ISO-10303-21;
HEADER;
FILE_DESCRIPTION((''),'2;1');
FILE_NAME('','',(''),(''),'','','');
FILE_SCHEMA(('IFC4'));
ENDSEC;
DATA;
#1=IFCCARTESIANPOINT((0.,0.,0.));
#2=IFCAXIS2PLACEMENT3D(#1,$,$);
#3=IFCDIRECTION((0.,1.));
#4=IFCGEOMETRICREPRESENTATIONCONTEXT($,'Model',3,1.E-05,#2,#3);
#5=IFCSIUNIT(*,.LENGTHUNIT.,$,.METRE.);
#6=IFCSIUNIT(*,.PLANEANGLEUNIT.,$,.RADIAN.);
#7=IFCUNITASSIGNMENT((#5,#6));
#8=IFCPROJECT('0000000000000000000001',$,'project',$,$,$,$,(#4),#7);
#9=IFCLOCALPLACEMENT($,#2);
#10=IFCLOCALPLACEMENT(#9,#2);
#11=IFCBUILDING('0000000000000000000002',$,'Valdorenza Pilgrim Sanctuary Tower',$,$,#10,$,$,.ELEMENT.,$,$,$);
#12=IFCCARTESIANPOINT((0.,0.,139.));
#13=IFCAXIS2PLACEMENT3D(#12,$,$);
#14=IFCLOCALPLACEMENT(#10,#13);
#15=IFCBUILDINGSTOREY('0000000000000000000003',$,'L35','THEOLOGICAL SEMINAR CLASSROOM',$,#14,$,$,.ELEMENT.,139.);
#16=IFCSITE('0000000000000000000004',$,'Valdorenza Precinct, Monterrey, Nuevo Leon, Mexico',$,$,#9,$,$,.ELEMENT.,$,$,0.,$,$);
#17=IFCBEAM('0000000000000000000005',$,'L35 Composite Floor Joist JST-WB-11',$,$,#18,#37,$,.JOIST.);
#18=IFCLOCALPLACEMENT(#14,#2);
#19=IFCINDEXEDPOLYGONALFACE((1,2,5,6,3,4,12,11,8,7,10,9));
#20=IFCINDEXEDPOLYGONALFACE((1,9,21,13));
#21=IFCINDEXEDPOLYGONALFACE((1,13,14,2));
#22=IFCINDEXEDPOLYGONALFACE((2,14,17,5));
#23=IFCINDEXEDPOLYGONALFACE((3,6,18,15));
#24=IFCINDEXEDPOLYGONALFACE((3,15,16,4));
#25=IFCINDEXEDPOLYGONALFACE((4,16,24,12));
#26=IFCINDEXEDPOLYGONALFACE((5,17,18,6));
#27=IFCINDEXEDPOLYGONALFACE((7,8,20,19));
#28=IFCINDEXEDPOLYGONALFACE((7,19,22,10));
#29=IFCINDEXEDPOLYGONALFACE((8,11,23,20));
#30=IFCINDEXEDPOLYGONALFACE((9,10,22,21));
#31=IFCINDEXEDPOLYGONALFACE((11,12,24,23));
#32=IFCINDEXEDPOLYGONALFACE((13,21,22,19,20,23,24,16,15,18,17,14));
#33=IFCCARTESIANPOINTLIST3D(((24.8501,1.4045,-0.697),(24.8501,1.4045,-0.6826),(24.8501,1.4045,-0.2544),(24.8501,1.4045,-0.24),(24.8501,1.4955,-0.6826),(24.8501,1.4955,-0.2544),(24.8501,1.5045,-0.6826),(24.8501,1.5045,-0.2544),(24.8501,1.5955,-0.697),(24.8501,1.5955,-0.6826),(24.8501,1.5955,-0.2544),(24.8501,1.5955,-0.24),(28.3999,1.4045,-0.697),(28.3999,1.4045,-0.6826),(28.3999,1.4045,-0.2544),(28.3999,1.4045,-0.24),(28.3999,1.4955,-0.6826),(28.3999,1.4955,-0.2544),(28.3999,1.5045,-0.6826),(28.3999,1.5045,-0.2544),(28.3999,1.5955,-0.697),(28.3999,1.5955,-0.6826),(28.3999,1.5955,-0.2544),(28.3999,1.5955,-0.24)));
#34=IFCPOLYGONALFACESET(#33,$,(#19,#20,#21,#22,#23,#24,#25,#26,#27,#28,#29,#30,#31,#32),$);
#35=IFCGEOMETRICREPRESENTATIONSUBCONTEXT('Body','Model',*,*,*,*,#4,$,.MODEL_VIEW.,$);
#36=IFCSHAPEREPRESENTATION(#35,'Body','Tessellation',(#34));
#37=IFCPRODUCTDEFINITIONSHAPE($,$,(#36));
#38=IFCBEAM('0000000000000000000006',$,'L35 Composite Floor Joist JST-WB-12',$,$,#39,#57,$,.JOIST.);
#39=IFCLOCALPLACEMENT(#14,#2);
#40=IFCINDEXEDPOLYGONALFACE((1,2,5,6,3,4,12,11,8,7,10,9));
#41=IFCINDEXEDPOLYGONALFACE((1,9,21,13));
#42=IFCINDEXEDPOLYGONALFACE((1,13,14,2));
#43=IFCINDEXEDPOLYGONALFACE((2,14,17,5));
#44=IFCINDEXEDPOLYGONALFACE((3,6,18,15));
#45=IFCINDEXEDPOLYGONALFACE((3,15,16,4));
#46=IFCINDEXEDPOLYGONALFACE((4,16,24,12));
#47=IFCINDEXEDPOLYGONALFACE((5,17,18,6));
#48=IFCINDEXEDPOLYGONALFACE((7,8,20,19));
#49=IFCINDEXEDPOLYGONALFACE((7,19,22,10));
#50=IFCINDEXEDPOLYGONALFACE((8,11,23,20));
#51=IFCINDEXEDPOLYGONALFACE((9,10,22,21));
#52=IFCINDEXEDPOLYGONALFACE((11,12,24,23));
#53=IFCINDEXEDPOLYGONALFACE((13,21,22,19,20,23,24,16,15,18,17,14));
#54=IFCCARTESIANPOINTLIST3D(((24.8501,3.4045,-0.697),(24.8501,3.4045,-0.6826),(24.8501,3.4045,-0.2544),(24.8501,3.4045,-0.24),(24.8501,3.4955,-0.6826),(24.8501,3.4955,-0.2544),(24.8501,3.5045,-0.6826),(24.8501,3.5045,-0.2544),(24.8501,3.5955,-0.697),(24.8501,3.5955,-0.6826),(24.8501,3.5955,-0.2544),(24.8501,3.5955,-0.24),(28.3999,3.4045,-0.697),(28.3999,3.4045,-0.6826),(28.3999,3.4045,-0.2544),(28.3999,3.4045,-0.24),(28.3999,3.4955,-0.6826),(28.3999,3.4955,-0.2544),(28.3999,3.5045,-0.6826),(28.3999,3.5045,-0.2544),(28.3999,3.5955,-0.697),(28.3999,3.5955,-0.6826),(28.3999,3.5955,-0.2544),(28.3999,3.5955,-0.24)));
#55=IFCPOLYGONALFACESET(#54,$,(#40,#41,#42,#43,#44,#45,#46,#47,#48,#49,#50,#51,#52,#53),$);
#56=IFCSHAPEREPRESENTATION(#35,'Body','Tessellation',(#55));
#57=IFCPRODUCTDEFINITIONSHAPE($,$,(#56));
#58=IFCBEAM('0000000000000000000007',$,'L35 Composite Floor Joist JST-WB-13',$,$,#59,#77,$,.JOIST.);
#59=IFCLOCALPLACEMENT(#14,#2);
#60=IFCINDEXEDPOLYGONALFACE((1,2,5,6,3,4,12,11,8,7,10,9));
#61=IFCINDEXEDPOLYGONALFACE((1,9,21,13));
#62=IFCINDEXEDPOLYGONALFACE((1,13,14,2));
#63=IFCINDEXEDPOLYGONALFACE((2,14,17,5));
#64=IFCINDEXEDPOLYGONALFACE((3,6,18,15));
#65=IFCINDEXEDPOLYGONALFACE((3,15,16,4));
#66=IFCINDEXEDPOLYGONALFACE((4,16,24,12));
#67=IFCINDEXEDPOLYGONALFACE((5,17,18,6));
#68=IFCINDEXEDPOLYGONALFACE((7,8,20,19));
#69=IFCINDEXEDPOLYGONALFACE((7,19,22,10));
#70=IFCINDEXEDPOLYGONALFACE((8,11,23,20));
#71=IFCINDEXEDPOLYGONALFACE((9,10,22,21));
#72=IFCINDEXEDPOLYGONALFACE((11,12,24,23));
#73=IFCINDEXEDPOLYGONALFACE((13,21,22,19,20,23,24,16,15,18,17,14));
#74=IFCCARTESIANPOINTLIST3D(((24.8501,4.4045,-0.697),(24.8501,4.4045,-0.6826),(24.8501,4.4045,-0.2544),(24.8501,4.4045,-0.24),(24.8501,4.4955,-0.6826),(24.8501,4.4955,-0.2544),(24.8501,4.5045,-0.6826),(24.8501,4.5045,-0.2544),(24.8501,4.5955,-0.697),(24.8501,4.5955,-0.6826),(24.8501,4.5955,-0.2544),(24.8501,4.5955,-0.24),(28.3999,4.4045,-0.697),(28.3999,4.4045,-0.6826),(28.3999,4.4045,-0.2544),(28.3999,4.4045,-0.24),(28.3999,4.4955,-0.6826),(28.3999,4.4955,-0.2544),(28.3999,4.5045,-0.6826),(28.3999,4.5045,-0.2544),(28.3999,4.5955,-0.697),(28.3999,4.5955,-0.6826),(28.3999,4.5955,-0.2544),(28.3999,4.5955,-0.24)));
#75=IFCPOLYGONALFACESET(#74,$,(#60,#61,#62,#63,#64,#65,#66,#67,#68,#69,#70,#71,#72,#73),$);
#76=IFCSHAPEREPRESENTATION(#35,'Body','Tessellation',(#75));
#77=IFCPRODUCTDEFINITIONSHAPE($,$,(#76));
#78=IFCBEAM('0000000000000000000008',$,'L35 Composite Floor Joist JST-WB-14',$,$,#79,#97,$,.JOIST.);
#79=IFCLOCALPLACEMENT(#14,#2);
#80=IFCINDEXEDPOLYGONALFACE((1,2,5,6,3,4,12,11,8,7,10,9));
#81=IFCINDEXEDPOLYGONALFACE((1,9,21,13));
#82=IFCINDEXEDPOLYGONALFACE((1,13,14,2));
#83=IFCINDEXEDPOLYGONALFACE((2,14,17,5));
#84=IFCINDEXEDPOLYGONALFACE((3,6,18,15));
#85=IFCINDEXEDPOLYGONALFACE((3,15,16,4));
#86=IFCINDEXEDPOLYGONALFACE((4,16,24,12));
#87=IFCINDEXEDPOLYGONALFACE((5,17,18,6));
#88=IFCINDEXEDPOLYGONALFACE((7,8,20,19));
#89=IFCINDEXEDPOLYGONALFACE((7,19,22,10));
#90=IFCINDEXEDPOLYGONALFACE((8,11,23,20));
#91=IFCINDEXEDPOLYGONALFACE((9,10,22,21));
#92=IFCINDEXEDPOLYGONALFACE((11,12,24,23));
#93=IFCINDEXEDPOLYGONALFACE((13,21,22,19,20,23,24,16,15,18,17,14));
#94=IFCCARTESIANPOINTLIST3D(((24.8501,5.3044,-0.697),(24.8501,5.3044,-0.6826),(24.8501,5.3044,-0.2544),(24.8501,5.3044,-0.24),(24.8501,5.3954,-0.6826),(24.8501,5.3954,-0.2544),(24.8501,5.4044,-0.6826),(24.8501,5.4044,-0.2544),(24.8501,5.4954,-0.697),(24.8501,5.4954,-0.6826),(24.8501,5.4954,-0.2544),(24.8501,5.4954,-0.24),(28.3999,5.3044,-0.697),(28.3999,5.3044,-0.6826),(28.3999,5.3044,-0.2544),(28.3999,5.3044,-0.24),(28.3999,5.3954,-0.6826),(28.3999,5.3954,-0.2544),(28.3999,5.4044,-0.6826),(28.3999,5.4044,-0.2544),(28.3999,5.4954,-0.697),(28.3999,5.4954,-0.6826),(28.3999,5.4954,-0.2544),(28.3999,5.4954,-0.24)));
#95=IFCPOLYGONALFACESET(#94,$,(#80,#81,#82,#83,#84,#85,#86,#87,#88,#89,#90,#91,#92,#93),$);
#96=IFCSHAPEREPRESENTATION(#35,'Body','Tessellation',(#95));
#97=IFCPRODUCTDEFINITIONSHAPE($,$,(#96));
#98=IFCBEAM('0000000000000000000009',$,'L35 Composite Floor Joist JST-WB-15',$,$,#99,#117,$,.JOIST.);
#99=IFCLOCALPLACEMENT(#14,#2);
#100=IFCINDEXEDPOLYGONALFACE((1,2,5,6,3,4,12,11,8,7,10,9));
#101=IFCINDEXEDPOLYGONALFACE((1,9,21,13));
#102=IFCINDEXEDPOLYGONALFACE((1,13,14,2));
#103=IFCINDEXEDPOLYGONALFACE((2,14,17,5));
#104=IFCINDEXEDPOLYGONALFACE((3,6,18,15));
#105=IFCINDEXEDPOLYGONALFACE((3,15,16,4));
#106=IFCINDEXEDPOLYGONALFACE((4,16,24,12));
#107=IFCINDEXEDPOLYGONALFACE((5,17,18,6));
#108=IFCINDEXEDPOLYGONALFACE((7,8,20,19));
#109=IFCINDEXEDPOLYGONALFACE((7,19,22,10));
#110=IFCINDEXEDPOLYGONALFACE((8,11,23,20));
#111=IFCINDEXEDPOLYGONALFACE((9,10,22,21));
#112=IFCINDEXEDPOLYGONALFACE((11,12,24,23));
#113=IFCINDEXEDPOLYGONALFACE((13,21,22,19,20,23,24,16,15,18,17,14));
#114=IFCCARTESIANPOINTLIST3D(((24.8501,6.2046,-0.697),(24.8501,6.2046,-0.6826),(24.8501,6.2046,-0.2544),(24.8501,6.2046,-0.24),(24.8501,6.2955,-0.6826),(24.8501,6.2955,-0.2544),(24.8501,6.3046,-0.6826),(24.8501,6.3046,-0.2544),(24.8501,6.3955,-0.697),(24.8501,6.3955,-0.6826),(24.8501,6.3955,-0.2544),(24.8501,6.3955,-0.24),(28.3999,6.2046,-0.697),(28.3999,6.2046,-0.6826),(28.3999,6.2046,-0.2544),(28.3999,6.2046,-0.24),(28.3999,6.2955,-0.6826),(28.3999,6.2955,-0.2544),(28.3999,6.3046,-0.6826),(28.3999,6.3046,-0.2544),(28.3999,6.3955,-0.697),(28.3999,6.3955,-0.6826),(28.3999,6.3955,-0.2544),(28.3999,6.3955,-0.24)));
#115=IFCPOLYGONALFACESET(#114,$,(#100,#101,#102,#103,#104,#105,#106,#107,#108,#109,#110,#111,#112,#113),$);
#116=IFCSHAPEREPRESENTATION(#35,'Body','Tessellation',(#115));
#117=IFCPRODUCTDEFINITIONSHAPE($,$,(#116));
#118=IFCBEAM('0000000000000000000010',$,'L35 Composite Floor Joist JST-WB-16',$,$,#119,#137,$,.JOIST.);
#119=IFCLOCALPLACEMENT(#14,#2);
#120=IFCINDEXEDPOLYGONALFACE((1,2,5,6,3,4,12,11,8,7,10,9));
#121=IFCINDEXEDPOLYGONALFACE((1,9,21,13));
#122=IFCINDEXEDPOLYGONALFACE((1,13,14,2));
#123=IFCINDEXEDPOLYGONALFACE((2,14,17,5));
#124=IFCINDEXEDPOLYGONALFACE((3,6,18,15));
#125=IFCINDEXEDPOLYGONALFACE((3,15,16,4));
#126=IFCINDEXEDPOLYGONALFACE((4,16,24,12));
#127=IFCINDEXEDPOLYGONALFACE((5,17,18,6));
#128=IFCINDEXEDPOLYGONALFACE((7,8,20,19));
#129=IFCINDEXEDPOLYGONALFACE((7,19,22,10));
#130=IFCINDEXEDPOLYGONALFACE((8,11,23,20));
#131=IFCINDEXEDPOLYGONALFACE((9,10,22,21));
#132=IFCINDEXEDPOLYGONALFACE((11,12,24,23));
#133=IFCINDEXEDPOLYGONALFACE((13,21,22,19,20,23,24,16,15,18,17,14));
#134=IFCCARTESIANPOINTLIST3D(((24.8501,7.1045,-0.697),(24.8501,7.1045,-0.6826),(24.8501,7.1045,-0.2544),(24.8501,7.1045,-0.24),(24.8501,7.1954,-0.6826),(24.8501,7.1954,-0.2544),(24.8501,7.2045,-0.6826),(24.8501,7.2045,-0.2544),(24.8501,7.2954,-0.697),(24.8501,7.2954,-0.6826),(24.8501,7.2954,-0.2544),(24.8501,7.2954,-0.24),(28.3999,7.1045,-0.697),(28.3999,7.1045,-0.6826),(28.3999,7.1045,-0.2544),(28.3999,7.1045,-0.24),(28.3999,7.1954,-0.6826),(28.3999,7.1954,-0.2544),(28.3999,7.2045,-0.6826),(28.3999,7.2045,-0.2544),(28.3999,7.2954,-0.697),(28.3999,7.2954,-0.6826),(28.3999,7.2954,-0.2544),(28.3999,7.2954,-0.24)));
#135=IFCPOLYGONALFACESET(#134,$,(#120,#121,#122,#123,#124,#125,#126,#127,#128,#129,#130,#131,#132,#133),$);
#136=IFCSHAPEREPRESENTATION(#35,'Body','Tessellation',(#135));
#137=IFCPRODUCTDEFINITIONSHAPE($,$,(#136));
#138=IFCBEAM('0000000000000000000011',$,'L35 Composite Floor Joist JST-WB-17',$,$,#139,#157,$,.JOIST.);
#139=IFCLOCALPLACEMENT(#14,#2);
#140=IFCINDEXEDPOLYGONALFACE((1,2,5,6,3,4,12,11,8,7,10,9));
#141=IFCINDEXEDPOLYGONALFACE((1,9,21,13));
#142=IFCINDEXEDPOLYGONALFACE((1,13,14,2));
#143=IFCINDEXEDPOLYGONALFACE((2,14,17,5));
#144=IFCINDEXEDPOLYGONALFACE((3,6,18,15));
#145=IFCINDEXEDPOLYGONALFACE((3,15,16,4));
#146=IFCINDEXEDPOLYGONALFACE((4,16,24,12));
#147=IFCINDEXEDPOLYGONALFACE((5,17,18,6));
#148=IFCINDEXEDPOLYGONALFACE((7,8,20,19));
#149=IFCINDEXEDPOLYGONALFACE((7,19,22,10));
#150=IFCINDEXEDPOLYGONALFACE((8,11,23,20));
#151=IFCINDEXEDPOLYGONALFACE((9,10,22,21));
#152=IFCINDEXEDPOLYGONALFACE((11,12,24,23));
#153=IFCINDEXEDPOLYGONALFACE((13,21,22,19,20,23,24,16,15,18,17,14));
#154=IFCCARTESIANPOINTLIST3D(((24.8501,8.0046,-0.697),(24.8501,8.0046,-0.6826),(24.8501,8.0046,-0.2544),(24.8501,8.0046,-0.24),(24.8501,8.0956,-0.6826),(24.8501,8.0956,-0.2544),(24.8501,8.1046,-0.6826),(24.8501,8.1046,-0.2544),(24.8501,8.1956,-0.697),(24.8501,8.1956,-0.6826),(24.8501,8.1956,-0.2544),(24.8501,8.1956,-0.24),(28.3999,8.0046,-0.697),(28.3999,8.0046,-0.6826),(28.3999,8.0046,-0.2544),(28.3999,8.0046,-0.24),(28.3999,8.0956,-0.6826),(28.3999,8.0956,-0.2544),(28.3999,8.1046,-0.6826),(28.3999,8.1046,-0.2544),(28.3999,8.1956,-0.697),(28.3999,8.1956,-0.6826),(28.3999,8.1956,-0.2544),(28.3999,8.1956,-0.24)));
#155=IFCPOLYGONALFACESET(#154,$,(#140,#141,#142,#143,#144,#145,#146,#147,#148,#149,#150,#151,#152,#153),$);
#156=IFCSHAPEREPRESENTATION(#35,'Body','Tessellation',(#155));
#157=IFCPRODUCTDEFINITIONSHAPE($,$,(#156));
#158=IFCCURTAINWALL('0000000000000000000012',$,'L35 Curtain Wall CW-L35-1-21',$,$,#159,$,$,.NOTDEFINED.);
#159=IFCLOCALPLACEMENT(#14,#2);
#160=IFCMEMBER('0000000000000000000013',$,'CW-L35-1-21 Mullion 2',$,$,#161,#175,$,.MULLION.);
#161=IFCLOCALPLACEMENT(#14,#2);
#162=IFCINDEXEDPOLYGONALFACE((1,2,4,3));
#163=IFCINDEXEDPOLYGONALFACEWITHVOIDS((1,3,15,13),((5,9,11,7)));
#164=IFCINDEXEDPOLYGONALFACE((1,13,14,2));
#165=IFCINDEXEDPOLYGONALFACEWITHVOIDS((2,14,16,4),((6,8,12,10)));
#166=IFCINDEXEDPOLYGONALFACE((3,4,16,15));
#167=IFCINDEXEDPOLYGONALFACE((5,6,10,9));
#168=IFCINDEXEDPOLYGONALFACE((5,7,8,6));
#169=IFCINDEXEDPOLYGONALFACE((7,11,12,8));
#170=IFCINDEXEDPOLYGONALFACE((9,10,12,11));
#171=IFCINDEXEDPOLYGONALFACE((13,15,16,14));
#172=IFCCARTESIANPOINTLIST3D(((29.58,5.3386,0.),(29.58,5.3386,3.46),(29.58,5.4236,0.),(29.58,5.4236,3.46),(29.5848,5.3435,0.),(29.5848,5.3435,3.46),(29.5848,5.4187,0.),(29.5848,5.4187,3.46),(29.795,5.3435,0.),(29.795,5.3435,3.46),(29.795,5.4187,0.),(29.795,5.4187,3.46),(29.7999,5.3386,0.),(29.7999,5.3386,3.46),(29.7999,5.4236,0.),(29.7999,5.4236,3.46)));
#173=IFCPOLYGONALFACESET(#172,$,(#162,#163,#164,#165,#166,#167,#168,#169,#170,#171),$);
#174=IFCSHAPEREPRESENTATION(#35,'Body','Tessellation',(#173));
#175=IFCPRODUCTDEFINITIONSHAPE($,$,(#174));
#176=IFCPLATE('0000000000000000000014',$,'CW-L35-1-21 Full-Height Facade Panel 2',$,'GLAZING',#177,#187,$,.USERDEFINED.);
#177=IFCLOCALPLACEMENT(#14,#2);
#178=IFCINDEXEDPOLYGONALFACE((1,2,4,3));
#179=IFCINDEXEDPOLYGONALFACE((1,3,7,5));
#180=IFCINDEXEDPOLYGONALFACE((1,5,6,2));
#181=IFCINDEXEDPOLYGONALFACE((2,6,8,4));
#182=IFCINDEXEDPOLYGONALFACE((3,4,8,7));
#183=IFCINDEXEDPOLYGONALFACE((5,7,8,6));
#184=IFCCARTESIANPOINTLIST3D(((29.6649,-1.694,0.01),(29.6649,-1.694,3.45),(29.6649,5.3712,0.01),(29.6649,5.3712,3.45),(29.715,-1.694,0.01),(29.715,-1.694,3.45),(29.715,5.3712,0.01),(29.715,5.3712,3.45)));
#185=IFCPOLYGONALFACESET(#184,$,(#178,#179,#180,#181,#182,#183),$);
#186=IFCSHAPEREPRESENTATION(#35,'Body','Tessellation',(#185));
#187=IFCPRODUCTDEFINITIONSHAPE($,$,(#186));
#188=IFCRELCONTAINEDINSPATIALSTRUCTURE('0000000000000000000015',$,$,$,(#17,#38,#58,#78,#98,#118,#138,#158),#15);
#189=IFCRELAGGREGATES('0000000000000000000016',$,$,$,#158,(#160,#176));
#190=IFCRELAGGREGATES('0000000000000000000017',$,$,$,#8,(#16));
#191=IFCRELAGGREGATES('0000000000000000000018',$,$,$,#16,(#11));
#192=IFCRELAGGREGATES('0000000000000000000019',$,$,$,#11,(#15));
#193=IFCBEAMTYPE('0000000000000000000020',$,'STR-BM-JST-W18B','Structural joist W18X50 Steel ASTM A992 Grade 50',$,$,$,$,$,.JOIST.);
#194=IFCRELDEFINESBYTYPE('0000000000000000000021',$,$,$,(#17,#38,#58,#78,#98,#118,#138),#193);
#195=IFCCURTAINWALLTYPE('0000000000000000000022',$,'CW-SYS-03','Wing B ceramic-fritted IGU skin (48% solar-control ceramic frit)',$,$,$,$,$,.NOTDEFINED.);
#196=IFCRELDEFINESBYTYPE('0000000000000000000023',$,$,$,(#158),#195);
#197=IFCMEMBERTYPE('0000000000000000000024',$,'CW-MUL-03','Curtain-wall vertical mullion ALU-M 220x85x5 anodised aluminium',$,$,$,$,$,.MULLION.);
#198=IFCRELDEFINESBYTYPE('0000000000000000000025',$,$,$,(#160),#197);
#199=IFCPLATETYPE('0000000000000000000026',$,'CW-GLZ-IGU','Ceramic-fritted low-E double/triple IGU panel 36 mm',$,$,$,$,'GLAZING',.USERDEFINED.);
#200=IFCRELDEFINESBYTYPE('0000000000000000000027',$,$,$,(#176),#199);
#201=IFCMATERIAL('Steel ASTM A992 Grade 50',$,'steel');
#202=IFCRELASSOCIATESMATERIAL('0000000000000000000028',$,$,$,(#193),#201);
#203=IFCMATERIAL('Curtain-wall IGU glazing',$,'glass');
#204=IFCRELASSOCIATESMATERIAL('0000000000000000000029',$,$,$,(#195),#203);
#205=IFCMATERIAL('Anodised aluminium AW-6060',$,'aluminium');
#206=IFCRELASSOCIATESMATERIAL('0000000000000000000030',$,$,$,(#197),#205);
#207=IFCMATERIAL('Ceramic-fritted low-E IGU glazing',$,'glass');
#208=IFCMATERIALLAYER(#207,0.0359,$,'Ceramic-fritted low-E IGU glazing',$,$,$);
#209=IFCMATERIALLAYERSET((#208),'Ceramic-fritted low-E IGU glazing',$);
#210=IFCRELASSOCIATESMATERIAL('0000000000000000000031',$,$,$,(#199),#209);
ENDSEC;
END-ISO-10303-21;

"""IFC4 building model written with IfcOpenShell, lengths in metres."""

from ifc_helpers import new_model, si_unit, direction, frame, origin, origin_2d, place, context, subcontext, project, spatial, rectangle, hollow_rectangle, i_section, extrude, source, transform, mapped, material, layer, layer_set, material_profile, profile_set, type_object, element, aggregate, save


model = new_model("IFC4")

# Units and contexts
model_context = context("Model", 3, precision=1e-05, world=origin(), true_north=direction((0.0, 1.0)))
body_context = subcontext(model_context, "Body", "Model", "MODEL_VIEW")
ifc_project = project(units=[si_unit("LENGTHUNIT", "METRE"), si_unit("PLANEANGLEUNIT", "RADIAN")], contexts=[model_context])

# Site, building, storey
site_placement = place(None, origin())
site = spatial("IfcSite", under=ifc_project, at=site_placement, Name="Valdorenza Precinct, Monterrey, Nuevo Leon, Mexico", CompositionType="ELEMENT", RefElevation=0.0)
building_placement = place(site_placement, origin())
building = spatial("IfcBuilding", under=site, at=building_placement, Name="Valdorenza Pilgrim Sanctuary Tower", CompositionType="ELEMENT")
storey_placement = place(building_placement, frame((0.0, 0.0, 139.0)))
storey = spatial("IfcBuildingStorey", under=building, at=storey_placement, Name="L35", Description="THEOLOGICAL SEMINAR CLASSROOM", CompositionType="ELEMENT", Elevation=139.0)

# Beams
ifc_material_1 = material(Name="Steel ASTM A992 Grade 50", Category="steel")
ifc_material_profile_1 = material_profile(ifc_material_1, i_section(OverallWidth=0.1909, OverallDepth=0.457, WebThickness=0.009, FlangeThickness=0.0144, at=origin_2d()), Name="W18X50")
ifc_profile_set_1 = profile_set([ifc_material_profile_1], Name="Steel ASTM A992 Grade 50")
beam_type = type_object("IfcBeamType", Name="STR-BM-JST-W18B", Description="Structural joist W18X50 Steel ASTM A992 Grade 50", PredefinedType="JOIST", material=ifc_profile_set_1)
shared_shape_1 = source(origin(), body_context, "Body", "SweptSolid", [
    extrude(i_section(OverallWidth=0.1909, OverallDepth=0.457, WebThickness=0.009, FlangeThickness=0.0144, at=origin_2d()), origin(), (0.0, 0.0, 1.0), 3.5498),
])
for number, where, z_axis, x_axis, name in (
    (1, (24.8501, 1.5, -0.4685), (1.0, 0.0, 0.0), (0.0, 1.0, 0.0), "L35 Composite Floor Joist JST-WB-11"),
    (2, (24.8501, 3.5, -0.4685), (1.0, 0.0, 0.0), (0.0, 1.0, 0.0), "L35 Composite Floor Joist JST-WB-12"),
    (3, (24.8501, 4.5, -0.4685), (1.0, 0.0, 0.0), (0.0, 1.0, 0.0), "L35 Composite Floor Joist JST-WB-13"),
    (4, (24.8501, 5.3999, -0.4685), (1.0, 0.0, 0.0), (0.0, 1.0, 0.0), "L35 Composite Floor Joist JST-WB-14"),
    (5, (24.8501, 6.3, -0.4685), (1.0, 0.0, 0.0), (0.0, 1.0, 0.0), "L35 Composite Floor Joist JST-WB-15"),
    (6, (24.8501, 7.2, -0.4685), (1.0, 0.0, 0.0), (0.0, 1.0, 0.0), "L35 Composite Floor Joist JST-WB-16"),
    (7, (24.8501, 8.1001, -0.4685), (1.0, 0.0, 0.0), (0.0, 1.0, 0.0), "L35 Composite Floor Joist JST-WB-17"),
):
    element("IfcBeam", number, at=place(storey_placement, frame(where, z_axis=z_axis, x_axis=x_axis)), inside=storey, type_object=beam_type, Name=name, PredefinedType="JOIST", context=body_context, shape_type="MappedRepresentation", body=[
        mapped(shared_shape_1, transform((0.0, 0.0, 0.0), x_axis=(1.0, 0.0, 0.0), y_axis=(0.0, 1.0, 0.0), z_axis=(0.0, 0.0, 1.0), scale=1.0)),
    ])

# Curtain wall, member, plate
ifc_material_2 = material(Name="Curtain-wall IGU glazing", Category="glass")
curtain_wall_type = type_object("IfcCurtainWallType", Name="CW-SYS-03", Description="Wing B ceramic-fritted IGU skin (48% solar-control ceramic frit)", PredefinedType="NOTDEFINED", material=ifc_material_2)
curtain_wall_placement = place(storey_placement, origin())
curtain_wall = element("IfcCurtainWall", 8, at=curtain_wall_placement, inside=storey, type_object=curtain_wall_type, Name="L35 Curtain Wall CW-L35-1-21", PredefinedType="NOTDEFINED")
ifc_material_3 = material(Name="Anodised aluminium AW-6060", Category="aluminium")
ifc_material_profile_2 = material_profile(ifc_material_3, hollow_rectangle(XDim=0.085, YDim=0.22, WallThickness=0.0049, at=origin_2d()), Name="ALU-M 220x85x5")
ifc_profile_set_2 = profile_set([ifc_material_profile_2], Name="Anodised aluminium AW-6060")
member_type = type_object("IfcMemberType", Name="CW-MUL-03", Description="Curtain-wall vertical mullion ALU-M 220x85x5 anodised aluminium", PredefinedType="MULLION", material=ifc_profile_set_2)
shared_shape_2 = source(origin(), body_context, "Body", "SweptSolid", [
    extrude(hollow_rectangle(XDim=0.085, YDim=0.22, WallThickness=0.0049, at=origin_2d()), origin(), (0.0, 0.0, 1.0), 3.46),
])
member_placement = place(storey_placement, frame((29.6899, 5.3811, 0.0), z_axis=(0.0, 0.0, 1.0), x_axis=(0.0, -1.0, 0.0)))
member = element("IfcMember", 9, at=member_placement, type_object=member_type, Name="CW-L35-1-21 Mullion 2", PredefinedType="MULLION", context=body_context, shape_type="MappedRepresentation", body=[
    mapped(shared_shape_2, transform((0.0, 0.0, 0.0), x_axis=(1.0, 0.0, 0.0), y_axis=(0.0, 1.0, 0.0), z_axis=(0.0, 0.0, 1.0), scale=1.0)),
])
ifc_material_4 = material(Name="Ceramic-fritted low-E IGU glazing", Category="glass")
ifc_layer_1 = layer(ifc_material_4, 0.0359, Name="Ceramic-fritted low-E IGU glazing")
ifc_layer_set_1 = layer_set([ifc_layer_1], Name="Ceramic-fritted low-E IGU glazing")
plate_type = type_object("IfcPlateType", Name="CW-GLZ-IGU", Description="Ceramic-fritted low-E double/triple IGU panel 36 mm", ElementType="GLAZING", PredefinedType="USERDEFINED", material=ifc_layer_set_1)
shared_shape_3 = source(origin(), body_context, "Body", "SweptSolid", [
    extrude(rectangle(XDim=7.0652, YDim=0.05, at=origin_2d()), origin(), (0.0, 0.0, 1.0), 3.4399),
])
plate_placement = place(storey_placement, frame((29.6899, 1.8386, 0.01), z_axis=(0.0, 0.0, 1.0), x_axis=(0.0, -1.0, 0.0)))
plate = element("IfcPlate", 10, at=plate_placement, type_object=plate_type, Name="CW-L35-1-21 Full-Height Facade Panel 2", ObjectType="GLAZING", PredefinedType="USERDEFINED", context=body_context, shape_type="MappedRepresentation", body=[
    mapped(shared_shape_3, transform((0.0, 0.0, 0.0), x_axis=(1.0, 0.0, 0.0), y_axis=(0.0, 1.0, 0.0), z_axis=(0.0, 0.0, 1.0), scale=1.0)),
])
aggregate(curtain_wall, [member, plate])

save(model, "model.ifc")
